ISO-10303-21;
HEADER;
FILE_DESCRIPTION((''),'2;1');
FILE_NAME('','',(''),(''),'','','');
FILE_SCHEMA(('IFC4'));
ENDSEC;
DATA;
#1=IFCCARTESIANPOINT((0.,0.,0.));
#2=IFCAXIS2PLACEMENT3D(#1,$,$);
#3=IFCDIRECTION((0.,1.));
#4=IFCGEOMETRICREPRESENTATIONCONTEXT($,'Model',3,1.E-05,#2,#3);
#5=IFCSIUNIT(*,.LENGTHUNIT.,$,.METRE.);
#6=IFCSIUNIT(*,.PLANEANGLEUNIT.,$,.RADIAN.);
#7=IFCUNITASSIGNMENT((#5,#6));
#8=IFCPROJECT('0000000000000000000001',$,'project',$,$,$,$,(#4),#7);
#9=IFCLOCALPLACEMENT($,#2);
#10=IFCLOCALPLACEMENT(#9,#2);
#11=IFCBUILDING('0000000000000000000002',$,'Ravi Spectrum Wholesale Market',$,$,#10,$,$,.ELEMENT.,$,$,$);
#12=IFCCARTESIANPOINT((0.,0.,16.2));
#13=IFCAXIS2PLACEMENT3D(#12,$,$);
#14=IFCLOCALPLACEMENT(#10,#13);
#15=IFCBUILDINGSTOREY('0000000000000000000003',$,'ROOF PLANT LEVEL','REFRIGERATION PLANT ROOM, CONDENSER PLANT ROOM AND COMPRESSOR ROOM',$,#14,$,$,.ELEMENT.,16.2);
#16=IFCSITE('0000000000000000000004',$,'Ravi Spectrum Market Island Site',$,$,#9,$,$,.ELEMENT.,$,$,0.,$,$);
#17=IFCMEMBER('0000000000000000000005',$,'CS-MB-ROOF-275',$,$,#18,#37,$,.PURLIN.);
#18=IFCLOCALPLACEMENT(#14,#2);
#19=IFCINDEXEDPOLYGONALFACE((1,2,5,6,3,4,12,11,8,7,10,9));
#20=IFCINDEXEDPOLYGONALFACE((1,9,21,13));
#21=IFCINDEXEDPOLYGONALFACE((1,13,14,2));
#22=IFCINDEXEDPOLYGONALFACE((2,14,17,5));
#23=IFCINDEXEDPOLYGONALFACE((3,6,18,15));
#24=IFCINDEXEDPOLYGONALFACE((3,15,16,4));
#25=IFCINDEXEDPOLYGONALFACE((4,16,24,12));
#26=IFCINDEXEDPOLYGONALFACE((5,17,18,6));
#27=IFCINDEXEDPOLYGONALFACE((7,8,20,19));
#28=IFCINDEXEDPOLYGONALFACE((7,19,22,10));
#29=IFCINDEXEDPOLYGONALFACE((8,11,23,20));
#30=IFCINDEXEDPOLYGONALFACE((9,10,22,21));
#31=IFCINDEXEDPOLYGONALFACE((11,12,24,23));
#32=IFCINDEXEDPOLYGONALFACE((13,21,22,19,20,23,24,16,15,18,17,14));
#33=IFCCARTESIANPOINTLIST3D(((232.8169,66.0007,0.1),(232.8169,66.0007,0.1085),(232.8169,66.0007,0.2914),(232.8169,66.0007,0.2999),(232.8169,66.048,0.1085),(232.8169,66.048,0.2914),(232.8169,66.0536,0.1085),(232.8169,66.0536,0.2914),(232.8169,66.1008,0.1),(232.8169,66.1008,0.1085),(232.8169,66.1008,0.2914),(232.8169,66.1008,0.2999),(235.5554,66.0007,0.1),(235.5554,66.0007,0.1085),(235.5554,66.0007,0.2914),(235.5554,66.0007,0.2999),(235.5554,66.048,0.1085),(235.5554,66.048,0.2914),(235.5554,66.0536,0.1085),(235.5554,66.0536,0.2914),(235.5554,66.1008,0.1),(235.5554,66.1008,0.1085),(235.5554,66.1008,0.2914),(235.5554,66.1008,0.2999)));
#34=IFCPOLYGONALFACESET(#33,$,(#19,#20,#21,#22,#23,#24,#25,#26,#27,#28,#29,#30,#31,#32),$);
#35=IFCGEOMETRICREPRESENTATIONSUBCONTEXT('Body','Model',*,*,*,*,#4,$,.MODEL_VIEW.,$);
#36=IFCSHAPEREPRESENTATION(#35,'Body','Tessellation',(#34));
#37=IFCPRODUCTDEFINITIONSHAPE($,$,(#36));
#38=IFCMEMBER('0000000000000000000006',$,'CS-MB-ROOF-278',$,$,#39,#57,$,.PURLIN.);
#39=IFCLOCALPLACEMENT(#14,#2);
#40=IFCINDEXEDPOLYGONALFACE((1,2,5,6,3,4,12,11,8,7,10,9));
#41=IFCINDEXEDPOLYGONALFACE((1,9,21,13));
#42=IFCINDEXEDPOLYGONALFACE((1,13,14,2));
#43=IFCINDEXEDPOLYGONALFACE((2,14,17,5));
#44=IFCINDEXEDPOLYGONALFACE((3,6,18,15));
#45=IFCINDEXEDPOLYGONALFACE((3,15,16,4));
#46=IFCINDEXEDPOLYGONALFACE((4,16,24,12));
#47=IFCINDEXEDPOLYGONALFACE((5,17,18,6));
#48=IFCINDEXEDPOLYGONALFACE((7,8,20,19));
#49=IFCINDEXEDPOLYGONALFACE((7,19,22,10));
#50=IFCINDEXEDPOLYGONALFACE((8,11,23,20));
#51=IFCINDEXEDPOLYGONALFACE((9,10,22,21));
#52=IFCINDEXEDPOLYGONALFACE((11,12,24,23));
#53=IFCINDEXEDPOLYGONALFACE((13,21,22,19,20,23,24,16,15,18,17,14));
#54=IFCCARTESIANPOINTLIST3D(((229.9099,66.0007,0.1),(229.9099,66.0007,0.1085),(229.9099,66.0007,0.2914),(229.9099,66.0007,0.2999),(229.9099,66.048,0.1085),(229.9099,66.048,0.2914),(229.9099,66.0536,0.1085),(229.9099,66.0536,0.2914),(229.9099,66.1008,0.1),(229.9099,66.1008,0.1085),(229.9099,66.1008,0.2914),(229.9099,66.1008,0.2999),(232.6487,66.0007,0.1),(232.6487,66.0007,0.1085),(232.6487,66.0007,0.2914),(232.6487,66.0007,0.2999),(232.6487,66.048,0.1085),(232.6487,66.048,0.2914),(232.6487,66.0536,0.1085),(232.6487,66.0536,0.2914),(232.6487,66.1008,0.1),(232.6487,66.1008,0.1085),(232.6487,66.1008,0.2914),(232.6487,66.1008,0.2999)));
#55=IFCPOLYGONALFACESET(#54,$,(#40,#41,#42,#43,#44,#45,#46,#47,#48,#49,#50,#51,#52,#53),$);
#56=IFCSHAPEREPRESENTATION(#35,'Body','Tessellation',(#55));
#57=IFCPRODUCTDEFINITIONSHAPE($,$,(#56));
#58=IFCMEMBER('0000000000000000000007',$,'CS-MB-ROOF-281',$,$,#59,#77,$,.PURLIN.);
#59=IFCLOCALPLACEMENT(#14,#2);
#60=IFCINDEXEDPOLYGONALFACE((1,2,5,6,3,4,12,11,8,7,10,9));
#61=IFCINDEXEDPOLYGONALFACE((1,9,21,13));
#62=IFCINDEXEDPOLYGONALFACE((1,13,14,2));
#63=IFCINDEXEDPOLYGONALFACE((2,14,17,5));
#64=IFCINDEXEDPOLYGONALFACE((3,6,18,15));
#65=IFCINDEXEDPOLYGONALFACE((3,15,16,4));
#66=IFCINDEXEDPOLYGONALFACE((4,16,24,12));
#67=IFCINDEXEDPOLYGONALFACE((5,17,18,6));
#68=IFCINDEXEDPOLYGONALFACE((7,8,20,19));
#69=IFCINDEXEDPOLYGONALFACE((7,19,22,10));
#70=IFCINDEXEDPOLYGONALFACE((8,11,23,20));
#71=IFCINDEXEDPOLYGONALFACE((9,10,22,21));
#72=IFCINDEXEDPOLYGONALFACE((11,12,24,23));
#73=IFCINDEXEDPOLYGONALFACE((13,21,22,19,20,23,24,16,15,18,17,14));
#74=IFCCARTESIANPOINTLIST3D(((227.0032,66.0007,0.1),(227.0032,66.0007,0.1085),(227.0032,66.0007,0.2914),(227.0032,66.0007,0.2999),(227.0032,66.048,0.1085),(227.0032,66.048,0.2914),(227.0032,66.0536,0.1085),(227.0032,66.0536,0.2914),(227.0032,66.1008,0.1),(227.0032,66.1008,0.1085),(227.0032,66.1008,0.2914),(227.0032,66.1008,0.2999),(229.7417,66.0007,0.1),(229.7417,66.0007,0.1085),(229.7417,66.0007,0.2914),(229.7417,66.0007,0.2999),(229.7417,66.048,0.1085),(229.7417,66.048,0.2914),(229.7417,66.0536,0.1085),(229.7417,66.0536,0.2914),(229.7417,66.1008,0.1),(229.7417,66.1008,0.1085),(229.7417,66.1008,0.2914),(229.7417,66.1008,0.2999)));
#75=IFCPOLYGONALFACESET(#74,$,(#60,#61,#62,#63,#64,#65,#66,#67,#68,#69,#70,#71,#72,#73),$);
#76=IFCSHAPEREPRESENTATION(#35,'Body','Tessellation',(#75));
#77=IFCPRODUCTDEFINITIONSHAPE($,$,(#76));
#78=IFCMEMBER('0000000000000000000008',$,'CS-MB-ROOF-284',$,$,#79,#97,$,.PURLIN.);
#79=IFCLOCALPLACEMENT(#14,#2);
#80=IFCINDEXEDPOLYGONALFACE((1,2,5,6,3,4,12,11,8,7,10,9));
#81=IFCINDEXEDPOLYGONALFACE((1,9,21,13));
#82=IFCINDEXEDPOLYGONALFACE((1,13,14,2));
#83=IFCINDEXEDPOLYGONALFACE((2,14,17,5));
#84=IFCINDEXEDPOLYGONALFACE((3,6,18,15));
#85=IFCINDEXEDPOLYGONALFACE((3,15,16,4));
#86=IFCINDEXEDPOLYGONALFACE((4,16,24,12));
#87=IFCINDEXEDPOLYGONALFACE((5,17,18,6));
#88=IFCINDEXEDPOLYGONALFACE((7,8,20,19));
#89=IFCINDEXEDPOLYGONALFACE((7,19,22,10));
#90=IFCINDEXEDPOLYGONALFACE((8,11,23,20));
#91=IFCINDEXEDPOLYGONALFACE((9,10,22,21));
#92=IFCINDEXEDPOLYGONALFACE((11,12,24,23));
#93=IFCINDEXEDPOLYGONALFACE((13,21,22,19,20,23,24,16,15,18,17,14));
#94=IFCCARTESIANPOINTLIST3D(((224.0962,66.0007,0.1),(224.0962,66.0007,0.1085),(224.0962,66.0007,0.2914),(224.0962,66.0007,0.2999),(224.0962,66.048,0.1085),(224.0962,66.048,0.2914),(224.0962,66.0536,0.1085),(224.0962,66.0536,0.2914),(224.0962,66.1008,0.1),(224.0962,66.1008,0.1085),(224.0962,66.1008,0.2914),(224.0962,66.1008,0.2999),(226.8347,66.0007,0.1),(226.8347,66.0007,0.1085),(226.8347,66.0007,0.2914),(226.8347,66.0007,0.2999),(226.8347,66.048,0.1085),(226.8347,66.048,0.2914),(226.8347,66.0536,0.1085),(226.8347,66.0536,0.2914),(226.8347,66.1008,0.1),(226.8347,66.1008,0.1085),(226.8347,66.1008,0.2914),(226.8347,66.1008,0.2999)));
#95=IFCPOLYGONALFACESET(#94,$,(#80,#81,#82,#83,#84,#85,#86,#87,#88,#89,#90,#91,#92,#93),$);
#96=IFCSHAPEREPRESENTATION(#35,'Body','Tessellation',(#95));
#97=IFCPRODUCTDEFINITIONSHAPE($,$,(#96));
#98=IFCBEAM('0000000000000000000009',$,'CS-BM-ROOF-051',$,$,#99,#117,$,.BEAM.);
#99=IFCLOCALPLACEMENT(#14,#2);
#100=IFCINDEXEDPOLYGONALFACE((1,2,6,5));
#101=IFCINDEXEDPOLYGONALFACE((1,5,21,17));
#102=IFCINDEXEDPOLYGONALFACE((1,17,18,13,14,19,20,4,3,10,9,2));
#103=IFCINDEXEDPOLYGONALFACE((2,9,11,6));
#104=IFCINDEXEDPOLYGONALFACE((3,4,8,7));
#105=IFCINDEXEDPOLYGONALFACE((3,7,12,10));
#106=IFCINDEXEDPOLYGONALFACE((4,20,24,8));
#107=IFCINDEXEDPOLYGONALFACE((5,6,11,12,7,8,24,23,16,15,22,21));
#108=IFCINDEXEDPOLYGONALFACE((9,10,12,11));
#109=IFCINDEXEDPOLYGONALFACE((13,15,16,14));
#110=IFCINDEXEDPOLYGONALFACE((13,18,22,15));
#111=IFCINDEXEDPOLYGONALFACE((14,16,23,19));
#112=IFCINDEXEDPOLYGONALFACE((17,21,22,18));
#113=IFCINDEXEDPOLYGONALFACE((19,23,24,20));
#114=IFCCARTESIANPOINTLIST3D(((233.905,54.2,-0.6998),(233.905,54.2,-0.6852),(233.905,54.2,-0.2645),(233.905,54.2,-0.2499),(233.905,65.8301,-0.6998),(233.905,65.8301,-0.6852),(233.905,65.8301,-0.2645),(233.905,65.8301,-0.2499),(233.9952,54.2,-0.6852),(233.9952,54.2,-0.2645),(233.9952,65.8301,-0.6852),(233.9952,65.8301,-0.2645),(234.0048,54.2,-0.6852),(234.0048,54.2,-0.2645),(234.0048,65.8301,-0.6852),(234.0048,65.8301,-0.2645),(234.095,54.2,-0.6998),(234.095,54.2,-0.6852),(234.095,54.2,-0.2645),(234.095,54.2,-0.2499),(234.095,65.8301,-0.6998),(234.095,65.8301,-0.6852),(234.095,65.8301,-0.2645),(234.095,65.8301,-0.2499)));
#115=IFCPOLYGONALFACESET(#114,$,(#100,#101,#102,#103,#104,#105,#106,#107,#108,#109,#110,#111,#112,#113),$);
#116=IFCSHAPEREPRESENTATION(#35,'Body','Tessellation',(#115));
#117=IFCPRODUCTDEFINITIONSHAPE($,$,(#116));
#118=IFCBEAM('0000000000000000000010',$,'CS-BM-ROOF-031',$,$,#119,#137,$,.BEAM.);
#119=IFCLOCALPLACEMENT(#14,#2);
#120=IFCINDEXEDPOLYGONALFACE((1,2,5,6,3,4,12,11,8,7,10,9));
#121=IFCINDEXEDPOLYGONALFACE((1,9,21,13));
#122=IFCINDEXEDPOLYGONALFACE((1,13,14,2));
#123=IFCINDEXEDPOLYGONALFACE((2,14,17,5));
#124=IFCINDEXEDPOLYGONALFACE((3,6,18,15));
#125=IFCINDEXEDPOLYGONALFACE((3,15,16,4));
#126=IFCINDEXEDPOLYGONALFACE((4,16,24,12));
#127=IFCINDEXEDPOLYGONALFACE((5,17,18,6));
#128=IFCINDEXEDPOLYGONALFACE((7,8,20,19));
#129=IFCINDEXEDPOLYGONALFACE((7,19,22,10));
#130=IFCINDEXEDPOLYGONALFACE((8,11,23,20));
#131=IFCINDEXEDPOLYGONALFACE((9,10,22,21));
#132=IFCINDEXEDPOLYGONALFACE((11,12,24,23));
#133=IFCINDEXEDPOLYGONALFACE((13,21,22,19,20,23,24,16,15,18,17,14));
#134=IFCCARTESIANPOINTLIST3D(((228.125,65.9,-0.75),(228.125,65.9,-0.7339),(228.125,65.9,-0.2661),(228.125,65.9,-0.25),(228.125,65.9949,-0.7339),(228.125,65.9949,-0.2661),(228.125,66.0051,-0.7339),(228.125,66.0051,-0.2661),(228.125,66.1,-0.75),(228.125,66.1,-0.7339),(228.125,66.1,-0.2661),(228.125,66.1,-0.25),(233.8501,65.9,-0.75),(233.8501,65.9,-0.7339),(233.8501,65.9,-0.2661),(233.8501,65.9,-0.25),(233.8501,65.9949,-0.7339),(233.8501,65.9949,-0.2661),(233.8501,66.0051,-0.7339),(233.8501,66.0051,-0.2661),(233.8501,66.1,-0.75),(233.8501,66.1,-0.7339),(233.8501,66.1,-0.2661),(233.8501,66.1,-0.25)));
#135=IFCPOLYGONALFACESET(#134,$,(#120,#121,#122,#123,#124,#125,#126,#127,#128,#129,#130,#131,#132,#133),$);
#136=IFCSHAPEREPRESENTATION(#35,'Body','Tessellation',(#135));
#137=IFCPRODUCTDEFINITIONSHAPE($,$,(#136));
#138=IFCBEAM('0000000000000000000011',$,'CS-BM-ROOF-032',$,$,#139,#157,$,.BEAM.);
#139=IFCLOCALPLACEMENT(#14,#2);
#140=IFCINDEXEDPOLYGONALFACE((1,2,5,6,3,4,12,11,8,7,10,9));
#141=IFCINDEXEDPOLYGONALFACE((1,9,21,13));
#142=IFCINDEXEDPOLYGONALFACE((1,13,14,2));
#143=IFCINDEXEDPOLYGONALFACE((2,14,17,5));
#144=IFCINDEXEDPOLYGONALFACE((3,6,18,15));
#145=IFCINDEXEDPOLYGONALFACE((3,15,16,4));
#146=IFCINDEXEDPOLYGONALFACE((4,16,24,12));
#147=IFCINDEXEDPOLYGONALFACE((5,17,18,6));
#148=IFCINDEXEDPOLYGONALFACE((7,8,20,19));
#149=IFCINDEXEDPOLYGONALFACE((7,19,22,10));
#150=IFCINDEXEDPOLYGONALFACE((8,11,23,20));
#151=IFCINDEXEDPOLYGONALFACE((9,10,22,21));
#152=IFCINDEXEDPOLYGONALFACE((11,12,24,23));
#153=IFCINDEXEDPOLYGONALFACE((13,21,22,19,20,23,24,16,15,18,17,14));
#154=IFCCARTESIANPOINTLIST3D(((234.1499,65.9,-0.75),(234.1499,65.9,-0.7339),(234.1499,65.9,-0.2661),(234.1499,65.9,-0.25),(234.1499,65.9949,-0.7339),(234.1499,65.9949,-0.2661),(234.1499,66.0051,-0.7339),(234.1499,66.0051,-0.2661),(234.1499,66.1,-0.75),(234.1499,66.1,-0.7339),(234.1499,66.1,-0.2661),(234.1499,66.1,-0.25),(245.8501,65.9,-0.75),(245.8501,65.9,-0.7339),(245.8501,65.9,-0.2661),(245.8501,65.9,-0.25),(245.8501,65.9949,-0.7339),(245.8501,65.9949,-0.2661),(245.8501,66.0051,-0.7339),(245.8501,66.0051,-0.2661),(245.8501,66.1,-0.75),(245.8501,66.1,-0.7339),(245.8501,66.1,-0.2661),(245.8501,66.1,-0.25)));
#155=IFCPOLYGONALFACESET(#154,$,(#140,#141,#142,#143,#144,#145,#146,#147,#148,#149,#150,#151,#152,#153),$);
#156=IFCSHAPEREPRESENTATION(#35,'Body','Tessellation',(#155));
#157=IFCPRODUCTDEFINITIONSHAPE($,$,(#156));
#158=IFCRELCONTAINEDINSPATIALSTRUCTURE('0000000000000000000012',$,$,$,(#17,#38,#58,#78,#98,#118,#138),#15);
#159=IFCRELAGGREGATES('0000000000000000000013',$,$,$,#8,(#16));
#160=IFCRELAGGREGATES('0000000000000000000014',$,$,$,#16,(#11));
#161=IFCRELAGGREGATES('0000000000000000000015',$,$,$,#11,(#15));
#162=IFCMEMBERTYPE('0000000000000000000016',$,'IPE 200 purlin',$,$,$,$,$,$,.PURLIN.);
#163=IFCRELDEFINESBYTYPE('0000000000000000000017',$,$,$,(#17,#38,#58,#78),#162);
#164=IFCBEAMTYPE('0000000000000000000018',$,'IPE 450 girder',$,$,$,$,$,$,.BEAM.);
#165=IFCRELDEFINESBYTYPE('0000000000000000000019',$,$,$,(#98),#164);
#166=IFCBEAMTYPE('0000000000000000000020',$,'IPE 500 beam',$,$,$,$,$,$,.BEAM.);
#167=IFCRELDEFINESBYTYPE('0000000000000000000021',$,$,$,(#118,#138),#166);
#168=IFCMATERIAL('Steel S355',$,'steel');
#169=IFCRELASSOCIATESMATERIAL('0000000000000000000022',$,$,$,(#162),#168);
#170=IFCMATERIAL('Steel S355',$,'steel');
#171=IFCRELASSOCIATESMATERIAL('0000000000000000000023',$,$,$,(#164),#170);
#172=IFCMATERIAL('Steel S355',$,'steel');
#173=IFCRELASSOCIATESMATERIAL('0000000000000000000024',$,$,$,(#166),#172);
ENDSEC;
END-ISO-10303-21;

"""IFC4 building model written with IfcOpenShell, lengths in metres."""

from ifc_helpers import new_model, si_unit, direction, frame, origin, origin_2d, place, context, subcontext, project, spatial, i_section, extrude, material, material_profile, profile_set, type_object, element, save


model = new_model("IFC4")

# Units and contexts
model_context = context("Model", 3, precision=1e-05, world=origin(), true_north=direction((0.0, 1.0)))
body_context = subcontext(model_context, "Body", "Model", "MODEL_VIEW")
ifc_project = project(units=[si_unit("LENGTHUNIT", "METRE"), si_unit("PLANEANGLEUNIT", "RADIAN")], contexts=[model_context])

# Site, building, storey
site_placement = place(None, origin())
site = spatial("IfcSite", under=ifc_project, at=site_placement, Name="Ravi Spectrum Market Island Site", CompositionType="ELEMENT", RefElevation=0.0)
building_placement = place(site_placement, origin())
building = spatial("IfcBuilding", under=site, at=building_placement, Name="Ravi Spectrum Wholesale Market", CompositionType="ELEMENT")
storey_placement = place(building_placement, frame((0.0, 0.0, 16.2)))
storey = spatial("IfcBuildingStorey", under=building, at=storey_placement, Name="ROOF PLANT LEVEL", Description="REFRIGERATION PLANT ROOM, CONDENSER PLANT ROOM AND COMPRESSOR ROOM", CompositionType="ELEMENT", Elevation=16.2)

# Members
ifc_material_1 = material(Name="Steel S355", Category="steel")
ifc_material_profile_1 = material_profile(ifc_material_1, i_section(OverallWidth=0.1001, OverallDepth=0.2, WebThickness=0.0056, FlangeThickness=0.0085, at=origin_2d()))
ifc_profile_set_1 = profile_set([ifc_material_profile_1], Name="Steel S355")
member_type = type_object("IfcMemberType", Name="IPE 200 purlin", PredefinedType="PURLIN", material=ifc_profile_set_1)
member_1_placement = place(storey_placement, frame((235.5554, 66.0508, 0.2), z_axis=(-1.0, 0.0, 0.0), x_axis=(0.0, -1.0, 0.0)))
element("IfcMember", 1, at=member_1_placement, inside=storey, type_object=member_type, Name="CS-MB-ROOF-275", PredefinedType="PURLIN", context=body_context, shape_type="SweptSolid", body=[
    extrude(i_section(OverallWidth=0.1001, OverallDepth=0.2, WebThickness=0.0056, FlangeThickness=0.0085, at=origin_2d()), origin(), (0.0, 0.0, 1.0), 2.7385),
])
member_2_placement = place(storey_placement, frame((232.6487, 66.0508, 0.2), z_axis=(-1.0, 0.0, 0.0), x_axis=(0.0, -1.0, 0.0)))
element("IfcMember", 2, at=member_2_placement, inside=storey, type_object=member_type, Name="CS-MB-ROOF-278", PredefinedType="PURLIN", context=body_context, shape_type="SweptSolid", body=[
    extrude(i_section(OverallWidth=0.1001, OverallDepth=0.2, WebThickness=0.0056, FlangeThickness=0.0085, at=origin_2d()), origin(), (0.0, 0.0, 1.0), 2.7388),
])
for number, where, z_axis, x_axis, name in (
    (3, (229.7417, 66.0508, 0.2), (-1.0, 0.0, 0.0), (0.0, -1.0, 0.0), "CS-MB-ROOF-281"),
    (4, (226.8347, 66.0508, 0.2), (-1.0, 0.0, 0.0), (0.0, -1.0, 0.0), "CS-MB-ROOF-284"),
):
    element("IfcMember", number, at=place(storey_placement, frame(where, z_axis=z_axis, x_axis=x_axis)), inside=storey, type_object=member_type, Name=name, PredefinedType="PURLIN", context=body_context, shape_type="SweptSolid", body=[
        extrude(i_section(OverallWidth=0.1001, OverallDepth=0.2, WebThickness=0.0056, FlangeThickness=0.0085, at=origin_2d()), origin(), (0.0, 0.0, 1.0), 2.7385),
    ])

# Beams
ifc_material_2 = material(Name="Steel S355", Category="steel")
ifc_material_profile_2 = material_profile(ifc_material_2, i_section(OverallWidth=0.1899, OverallDepth=0.45, WebThickness=0.0095, FlangeThickness=0.0146, at=origin_2d()))
ifc_profile_set_2 = profile_set([ifc_material_profile_2], Name="Steel S355")
beam_type_1 = type_object("IfcBeamType", Name="IPE 450 girder", PredefinedType="BEAM", material=ifc_profile_set_2)
beam_1_placement = place(storey_placement, frame((234.0, 54.2, -0.4749), z_axis=(0.0, 1.0, 0.0), x_axis=(-1.0, 0.0, 0.0)))
element("IfcBeam", 5, at=beam_1_placement, inside=storey, type_object=beam_type_1, Name="CS-BM-ROOF-051", PredefinedType="BEAM", context=body_context, shape_type="SweptSolid", body=[
    extrude(i_section(OverallWidth=0.1899, OverallDepth=0.45, WebThickness=0.0095, FlangeThickness=0.0146, at=origin_2d()), origin(), (0.0, 0.0, 1.0), 11.6301),
])
ifc_material_3 = material(Name="Steel S355", Category="steel")
ifc_material_profile_3 = material_profile(ifc_material_3, i_section(OverallWidth=0.2, OverallDepth=0.5, WebThickness=0.0103, FlangeThickness=0.0161, at=origin_2d()))
ifc_profile_set_3 = profile_set([ifc_material_profile_3], Name="Steel S355")
beam_type_2 = type_object("IfcBeamType", Name="IPE 500 beam", PredefinedType="BEAM", material=ifc_profile_set_3)
beam_2_placement = place(storey_placement, frame((228.125, 66.0, -0.5), z_axis=(1.0, 0.0, 0.0), x_axis=(0.0, 1.0, 0.0)))
element("IfcBeam", 6, at=beam_2_placement, inside=storey, type_object=beam_type_2, Name="CS-BM-ROOF-031", PredefinedType="BEAM", context=body_context, shape_type="SweptSolid", body=[
    extrude(i_section(OverallWidth=0.2, OverallDepth=0.5, WebThickness=0.0103, FlangeThickness=0.0161, at=origin_2d()), origin(), (0.0, 0.0, 1.0), 5.7251),
])
beam_3_placement = place(storey_placement, frame((234.1499, 66.0, -0.5), z_axis=(1.0, 0.0, 0.0), x_axis=(0.0, 1.0, 0.0)))
element("IfcBeam", 7, at=beam_3_placement, inside=storey, type_object=beam_type_2, Name="CS-BM-ROOF-032", PredefinedType="BEAM", context=body_context, shape_type="SweptSolid", body=[
    extrude(i_section(OverallWidth=0.2, OverallDepth=0.5, WebThickness=0.0103, FlangeThickness=0.0161, at=origin_2d()), origin(), (0.0, 0.0, 1.0), 11.7002),
])

save(model, "model.ifc")
